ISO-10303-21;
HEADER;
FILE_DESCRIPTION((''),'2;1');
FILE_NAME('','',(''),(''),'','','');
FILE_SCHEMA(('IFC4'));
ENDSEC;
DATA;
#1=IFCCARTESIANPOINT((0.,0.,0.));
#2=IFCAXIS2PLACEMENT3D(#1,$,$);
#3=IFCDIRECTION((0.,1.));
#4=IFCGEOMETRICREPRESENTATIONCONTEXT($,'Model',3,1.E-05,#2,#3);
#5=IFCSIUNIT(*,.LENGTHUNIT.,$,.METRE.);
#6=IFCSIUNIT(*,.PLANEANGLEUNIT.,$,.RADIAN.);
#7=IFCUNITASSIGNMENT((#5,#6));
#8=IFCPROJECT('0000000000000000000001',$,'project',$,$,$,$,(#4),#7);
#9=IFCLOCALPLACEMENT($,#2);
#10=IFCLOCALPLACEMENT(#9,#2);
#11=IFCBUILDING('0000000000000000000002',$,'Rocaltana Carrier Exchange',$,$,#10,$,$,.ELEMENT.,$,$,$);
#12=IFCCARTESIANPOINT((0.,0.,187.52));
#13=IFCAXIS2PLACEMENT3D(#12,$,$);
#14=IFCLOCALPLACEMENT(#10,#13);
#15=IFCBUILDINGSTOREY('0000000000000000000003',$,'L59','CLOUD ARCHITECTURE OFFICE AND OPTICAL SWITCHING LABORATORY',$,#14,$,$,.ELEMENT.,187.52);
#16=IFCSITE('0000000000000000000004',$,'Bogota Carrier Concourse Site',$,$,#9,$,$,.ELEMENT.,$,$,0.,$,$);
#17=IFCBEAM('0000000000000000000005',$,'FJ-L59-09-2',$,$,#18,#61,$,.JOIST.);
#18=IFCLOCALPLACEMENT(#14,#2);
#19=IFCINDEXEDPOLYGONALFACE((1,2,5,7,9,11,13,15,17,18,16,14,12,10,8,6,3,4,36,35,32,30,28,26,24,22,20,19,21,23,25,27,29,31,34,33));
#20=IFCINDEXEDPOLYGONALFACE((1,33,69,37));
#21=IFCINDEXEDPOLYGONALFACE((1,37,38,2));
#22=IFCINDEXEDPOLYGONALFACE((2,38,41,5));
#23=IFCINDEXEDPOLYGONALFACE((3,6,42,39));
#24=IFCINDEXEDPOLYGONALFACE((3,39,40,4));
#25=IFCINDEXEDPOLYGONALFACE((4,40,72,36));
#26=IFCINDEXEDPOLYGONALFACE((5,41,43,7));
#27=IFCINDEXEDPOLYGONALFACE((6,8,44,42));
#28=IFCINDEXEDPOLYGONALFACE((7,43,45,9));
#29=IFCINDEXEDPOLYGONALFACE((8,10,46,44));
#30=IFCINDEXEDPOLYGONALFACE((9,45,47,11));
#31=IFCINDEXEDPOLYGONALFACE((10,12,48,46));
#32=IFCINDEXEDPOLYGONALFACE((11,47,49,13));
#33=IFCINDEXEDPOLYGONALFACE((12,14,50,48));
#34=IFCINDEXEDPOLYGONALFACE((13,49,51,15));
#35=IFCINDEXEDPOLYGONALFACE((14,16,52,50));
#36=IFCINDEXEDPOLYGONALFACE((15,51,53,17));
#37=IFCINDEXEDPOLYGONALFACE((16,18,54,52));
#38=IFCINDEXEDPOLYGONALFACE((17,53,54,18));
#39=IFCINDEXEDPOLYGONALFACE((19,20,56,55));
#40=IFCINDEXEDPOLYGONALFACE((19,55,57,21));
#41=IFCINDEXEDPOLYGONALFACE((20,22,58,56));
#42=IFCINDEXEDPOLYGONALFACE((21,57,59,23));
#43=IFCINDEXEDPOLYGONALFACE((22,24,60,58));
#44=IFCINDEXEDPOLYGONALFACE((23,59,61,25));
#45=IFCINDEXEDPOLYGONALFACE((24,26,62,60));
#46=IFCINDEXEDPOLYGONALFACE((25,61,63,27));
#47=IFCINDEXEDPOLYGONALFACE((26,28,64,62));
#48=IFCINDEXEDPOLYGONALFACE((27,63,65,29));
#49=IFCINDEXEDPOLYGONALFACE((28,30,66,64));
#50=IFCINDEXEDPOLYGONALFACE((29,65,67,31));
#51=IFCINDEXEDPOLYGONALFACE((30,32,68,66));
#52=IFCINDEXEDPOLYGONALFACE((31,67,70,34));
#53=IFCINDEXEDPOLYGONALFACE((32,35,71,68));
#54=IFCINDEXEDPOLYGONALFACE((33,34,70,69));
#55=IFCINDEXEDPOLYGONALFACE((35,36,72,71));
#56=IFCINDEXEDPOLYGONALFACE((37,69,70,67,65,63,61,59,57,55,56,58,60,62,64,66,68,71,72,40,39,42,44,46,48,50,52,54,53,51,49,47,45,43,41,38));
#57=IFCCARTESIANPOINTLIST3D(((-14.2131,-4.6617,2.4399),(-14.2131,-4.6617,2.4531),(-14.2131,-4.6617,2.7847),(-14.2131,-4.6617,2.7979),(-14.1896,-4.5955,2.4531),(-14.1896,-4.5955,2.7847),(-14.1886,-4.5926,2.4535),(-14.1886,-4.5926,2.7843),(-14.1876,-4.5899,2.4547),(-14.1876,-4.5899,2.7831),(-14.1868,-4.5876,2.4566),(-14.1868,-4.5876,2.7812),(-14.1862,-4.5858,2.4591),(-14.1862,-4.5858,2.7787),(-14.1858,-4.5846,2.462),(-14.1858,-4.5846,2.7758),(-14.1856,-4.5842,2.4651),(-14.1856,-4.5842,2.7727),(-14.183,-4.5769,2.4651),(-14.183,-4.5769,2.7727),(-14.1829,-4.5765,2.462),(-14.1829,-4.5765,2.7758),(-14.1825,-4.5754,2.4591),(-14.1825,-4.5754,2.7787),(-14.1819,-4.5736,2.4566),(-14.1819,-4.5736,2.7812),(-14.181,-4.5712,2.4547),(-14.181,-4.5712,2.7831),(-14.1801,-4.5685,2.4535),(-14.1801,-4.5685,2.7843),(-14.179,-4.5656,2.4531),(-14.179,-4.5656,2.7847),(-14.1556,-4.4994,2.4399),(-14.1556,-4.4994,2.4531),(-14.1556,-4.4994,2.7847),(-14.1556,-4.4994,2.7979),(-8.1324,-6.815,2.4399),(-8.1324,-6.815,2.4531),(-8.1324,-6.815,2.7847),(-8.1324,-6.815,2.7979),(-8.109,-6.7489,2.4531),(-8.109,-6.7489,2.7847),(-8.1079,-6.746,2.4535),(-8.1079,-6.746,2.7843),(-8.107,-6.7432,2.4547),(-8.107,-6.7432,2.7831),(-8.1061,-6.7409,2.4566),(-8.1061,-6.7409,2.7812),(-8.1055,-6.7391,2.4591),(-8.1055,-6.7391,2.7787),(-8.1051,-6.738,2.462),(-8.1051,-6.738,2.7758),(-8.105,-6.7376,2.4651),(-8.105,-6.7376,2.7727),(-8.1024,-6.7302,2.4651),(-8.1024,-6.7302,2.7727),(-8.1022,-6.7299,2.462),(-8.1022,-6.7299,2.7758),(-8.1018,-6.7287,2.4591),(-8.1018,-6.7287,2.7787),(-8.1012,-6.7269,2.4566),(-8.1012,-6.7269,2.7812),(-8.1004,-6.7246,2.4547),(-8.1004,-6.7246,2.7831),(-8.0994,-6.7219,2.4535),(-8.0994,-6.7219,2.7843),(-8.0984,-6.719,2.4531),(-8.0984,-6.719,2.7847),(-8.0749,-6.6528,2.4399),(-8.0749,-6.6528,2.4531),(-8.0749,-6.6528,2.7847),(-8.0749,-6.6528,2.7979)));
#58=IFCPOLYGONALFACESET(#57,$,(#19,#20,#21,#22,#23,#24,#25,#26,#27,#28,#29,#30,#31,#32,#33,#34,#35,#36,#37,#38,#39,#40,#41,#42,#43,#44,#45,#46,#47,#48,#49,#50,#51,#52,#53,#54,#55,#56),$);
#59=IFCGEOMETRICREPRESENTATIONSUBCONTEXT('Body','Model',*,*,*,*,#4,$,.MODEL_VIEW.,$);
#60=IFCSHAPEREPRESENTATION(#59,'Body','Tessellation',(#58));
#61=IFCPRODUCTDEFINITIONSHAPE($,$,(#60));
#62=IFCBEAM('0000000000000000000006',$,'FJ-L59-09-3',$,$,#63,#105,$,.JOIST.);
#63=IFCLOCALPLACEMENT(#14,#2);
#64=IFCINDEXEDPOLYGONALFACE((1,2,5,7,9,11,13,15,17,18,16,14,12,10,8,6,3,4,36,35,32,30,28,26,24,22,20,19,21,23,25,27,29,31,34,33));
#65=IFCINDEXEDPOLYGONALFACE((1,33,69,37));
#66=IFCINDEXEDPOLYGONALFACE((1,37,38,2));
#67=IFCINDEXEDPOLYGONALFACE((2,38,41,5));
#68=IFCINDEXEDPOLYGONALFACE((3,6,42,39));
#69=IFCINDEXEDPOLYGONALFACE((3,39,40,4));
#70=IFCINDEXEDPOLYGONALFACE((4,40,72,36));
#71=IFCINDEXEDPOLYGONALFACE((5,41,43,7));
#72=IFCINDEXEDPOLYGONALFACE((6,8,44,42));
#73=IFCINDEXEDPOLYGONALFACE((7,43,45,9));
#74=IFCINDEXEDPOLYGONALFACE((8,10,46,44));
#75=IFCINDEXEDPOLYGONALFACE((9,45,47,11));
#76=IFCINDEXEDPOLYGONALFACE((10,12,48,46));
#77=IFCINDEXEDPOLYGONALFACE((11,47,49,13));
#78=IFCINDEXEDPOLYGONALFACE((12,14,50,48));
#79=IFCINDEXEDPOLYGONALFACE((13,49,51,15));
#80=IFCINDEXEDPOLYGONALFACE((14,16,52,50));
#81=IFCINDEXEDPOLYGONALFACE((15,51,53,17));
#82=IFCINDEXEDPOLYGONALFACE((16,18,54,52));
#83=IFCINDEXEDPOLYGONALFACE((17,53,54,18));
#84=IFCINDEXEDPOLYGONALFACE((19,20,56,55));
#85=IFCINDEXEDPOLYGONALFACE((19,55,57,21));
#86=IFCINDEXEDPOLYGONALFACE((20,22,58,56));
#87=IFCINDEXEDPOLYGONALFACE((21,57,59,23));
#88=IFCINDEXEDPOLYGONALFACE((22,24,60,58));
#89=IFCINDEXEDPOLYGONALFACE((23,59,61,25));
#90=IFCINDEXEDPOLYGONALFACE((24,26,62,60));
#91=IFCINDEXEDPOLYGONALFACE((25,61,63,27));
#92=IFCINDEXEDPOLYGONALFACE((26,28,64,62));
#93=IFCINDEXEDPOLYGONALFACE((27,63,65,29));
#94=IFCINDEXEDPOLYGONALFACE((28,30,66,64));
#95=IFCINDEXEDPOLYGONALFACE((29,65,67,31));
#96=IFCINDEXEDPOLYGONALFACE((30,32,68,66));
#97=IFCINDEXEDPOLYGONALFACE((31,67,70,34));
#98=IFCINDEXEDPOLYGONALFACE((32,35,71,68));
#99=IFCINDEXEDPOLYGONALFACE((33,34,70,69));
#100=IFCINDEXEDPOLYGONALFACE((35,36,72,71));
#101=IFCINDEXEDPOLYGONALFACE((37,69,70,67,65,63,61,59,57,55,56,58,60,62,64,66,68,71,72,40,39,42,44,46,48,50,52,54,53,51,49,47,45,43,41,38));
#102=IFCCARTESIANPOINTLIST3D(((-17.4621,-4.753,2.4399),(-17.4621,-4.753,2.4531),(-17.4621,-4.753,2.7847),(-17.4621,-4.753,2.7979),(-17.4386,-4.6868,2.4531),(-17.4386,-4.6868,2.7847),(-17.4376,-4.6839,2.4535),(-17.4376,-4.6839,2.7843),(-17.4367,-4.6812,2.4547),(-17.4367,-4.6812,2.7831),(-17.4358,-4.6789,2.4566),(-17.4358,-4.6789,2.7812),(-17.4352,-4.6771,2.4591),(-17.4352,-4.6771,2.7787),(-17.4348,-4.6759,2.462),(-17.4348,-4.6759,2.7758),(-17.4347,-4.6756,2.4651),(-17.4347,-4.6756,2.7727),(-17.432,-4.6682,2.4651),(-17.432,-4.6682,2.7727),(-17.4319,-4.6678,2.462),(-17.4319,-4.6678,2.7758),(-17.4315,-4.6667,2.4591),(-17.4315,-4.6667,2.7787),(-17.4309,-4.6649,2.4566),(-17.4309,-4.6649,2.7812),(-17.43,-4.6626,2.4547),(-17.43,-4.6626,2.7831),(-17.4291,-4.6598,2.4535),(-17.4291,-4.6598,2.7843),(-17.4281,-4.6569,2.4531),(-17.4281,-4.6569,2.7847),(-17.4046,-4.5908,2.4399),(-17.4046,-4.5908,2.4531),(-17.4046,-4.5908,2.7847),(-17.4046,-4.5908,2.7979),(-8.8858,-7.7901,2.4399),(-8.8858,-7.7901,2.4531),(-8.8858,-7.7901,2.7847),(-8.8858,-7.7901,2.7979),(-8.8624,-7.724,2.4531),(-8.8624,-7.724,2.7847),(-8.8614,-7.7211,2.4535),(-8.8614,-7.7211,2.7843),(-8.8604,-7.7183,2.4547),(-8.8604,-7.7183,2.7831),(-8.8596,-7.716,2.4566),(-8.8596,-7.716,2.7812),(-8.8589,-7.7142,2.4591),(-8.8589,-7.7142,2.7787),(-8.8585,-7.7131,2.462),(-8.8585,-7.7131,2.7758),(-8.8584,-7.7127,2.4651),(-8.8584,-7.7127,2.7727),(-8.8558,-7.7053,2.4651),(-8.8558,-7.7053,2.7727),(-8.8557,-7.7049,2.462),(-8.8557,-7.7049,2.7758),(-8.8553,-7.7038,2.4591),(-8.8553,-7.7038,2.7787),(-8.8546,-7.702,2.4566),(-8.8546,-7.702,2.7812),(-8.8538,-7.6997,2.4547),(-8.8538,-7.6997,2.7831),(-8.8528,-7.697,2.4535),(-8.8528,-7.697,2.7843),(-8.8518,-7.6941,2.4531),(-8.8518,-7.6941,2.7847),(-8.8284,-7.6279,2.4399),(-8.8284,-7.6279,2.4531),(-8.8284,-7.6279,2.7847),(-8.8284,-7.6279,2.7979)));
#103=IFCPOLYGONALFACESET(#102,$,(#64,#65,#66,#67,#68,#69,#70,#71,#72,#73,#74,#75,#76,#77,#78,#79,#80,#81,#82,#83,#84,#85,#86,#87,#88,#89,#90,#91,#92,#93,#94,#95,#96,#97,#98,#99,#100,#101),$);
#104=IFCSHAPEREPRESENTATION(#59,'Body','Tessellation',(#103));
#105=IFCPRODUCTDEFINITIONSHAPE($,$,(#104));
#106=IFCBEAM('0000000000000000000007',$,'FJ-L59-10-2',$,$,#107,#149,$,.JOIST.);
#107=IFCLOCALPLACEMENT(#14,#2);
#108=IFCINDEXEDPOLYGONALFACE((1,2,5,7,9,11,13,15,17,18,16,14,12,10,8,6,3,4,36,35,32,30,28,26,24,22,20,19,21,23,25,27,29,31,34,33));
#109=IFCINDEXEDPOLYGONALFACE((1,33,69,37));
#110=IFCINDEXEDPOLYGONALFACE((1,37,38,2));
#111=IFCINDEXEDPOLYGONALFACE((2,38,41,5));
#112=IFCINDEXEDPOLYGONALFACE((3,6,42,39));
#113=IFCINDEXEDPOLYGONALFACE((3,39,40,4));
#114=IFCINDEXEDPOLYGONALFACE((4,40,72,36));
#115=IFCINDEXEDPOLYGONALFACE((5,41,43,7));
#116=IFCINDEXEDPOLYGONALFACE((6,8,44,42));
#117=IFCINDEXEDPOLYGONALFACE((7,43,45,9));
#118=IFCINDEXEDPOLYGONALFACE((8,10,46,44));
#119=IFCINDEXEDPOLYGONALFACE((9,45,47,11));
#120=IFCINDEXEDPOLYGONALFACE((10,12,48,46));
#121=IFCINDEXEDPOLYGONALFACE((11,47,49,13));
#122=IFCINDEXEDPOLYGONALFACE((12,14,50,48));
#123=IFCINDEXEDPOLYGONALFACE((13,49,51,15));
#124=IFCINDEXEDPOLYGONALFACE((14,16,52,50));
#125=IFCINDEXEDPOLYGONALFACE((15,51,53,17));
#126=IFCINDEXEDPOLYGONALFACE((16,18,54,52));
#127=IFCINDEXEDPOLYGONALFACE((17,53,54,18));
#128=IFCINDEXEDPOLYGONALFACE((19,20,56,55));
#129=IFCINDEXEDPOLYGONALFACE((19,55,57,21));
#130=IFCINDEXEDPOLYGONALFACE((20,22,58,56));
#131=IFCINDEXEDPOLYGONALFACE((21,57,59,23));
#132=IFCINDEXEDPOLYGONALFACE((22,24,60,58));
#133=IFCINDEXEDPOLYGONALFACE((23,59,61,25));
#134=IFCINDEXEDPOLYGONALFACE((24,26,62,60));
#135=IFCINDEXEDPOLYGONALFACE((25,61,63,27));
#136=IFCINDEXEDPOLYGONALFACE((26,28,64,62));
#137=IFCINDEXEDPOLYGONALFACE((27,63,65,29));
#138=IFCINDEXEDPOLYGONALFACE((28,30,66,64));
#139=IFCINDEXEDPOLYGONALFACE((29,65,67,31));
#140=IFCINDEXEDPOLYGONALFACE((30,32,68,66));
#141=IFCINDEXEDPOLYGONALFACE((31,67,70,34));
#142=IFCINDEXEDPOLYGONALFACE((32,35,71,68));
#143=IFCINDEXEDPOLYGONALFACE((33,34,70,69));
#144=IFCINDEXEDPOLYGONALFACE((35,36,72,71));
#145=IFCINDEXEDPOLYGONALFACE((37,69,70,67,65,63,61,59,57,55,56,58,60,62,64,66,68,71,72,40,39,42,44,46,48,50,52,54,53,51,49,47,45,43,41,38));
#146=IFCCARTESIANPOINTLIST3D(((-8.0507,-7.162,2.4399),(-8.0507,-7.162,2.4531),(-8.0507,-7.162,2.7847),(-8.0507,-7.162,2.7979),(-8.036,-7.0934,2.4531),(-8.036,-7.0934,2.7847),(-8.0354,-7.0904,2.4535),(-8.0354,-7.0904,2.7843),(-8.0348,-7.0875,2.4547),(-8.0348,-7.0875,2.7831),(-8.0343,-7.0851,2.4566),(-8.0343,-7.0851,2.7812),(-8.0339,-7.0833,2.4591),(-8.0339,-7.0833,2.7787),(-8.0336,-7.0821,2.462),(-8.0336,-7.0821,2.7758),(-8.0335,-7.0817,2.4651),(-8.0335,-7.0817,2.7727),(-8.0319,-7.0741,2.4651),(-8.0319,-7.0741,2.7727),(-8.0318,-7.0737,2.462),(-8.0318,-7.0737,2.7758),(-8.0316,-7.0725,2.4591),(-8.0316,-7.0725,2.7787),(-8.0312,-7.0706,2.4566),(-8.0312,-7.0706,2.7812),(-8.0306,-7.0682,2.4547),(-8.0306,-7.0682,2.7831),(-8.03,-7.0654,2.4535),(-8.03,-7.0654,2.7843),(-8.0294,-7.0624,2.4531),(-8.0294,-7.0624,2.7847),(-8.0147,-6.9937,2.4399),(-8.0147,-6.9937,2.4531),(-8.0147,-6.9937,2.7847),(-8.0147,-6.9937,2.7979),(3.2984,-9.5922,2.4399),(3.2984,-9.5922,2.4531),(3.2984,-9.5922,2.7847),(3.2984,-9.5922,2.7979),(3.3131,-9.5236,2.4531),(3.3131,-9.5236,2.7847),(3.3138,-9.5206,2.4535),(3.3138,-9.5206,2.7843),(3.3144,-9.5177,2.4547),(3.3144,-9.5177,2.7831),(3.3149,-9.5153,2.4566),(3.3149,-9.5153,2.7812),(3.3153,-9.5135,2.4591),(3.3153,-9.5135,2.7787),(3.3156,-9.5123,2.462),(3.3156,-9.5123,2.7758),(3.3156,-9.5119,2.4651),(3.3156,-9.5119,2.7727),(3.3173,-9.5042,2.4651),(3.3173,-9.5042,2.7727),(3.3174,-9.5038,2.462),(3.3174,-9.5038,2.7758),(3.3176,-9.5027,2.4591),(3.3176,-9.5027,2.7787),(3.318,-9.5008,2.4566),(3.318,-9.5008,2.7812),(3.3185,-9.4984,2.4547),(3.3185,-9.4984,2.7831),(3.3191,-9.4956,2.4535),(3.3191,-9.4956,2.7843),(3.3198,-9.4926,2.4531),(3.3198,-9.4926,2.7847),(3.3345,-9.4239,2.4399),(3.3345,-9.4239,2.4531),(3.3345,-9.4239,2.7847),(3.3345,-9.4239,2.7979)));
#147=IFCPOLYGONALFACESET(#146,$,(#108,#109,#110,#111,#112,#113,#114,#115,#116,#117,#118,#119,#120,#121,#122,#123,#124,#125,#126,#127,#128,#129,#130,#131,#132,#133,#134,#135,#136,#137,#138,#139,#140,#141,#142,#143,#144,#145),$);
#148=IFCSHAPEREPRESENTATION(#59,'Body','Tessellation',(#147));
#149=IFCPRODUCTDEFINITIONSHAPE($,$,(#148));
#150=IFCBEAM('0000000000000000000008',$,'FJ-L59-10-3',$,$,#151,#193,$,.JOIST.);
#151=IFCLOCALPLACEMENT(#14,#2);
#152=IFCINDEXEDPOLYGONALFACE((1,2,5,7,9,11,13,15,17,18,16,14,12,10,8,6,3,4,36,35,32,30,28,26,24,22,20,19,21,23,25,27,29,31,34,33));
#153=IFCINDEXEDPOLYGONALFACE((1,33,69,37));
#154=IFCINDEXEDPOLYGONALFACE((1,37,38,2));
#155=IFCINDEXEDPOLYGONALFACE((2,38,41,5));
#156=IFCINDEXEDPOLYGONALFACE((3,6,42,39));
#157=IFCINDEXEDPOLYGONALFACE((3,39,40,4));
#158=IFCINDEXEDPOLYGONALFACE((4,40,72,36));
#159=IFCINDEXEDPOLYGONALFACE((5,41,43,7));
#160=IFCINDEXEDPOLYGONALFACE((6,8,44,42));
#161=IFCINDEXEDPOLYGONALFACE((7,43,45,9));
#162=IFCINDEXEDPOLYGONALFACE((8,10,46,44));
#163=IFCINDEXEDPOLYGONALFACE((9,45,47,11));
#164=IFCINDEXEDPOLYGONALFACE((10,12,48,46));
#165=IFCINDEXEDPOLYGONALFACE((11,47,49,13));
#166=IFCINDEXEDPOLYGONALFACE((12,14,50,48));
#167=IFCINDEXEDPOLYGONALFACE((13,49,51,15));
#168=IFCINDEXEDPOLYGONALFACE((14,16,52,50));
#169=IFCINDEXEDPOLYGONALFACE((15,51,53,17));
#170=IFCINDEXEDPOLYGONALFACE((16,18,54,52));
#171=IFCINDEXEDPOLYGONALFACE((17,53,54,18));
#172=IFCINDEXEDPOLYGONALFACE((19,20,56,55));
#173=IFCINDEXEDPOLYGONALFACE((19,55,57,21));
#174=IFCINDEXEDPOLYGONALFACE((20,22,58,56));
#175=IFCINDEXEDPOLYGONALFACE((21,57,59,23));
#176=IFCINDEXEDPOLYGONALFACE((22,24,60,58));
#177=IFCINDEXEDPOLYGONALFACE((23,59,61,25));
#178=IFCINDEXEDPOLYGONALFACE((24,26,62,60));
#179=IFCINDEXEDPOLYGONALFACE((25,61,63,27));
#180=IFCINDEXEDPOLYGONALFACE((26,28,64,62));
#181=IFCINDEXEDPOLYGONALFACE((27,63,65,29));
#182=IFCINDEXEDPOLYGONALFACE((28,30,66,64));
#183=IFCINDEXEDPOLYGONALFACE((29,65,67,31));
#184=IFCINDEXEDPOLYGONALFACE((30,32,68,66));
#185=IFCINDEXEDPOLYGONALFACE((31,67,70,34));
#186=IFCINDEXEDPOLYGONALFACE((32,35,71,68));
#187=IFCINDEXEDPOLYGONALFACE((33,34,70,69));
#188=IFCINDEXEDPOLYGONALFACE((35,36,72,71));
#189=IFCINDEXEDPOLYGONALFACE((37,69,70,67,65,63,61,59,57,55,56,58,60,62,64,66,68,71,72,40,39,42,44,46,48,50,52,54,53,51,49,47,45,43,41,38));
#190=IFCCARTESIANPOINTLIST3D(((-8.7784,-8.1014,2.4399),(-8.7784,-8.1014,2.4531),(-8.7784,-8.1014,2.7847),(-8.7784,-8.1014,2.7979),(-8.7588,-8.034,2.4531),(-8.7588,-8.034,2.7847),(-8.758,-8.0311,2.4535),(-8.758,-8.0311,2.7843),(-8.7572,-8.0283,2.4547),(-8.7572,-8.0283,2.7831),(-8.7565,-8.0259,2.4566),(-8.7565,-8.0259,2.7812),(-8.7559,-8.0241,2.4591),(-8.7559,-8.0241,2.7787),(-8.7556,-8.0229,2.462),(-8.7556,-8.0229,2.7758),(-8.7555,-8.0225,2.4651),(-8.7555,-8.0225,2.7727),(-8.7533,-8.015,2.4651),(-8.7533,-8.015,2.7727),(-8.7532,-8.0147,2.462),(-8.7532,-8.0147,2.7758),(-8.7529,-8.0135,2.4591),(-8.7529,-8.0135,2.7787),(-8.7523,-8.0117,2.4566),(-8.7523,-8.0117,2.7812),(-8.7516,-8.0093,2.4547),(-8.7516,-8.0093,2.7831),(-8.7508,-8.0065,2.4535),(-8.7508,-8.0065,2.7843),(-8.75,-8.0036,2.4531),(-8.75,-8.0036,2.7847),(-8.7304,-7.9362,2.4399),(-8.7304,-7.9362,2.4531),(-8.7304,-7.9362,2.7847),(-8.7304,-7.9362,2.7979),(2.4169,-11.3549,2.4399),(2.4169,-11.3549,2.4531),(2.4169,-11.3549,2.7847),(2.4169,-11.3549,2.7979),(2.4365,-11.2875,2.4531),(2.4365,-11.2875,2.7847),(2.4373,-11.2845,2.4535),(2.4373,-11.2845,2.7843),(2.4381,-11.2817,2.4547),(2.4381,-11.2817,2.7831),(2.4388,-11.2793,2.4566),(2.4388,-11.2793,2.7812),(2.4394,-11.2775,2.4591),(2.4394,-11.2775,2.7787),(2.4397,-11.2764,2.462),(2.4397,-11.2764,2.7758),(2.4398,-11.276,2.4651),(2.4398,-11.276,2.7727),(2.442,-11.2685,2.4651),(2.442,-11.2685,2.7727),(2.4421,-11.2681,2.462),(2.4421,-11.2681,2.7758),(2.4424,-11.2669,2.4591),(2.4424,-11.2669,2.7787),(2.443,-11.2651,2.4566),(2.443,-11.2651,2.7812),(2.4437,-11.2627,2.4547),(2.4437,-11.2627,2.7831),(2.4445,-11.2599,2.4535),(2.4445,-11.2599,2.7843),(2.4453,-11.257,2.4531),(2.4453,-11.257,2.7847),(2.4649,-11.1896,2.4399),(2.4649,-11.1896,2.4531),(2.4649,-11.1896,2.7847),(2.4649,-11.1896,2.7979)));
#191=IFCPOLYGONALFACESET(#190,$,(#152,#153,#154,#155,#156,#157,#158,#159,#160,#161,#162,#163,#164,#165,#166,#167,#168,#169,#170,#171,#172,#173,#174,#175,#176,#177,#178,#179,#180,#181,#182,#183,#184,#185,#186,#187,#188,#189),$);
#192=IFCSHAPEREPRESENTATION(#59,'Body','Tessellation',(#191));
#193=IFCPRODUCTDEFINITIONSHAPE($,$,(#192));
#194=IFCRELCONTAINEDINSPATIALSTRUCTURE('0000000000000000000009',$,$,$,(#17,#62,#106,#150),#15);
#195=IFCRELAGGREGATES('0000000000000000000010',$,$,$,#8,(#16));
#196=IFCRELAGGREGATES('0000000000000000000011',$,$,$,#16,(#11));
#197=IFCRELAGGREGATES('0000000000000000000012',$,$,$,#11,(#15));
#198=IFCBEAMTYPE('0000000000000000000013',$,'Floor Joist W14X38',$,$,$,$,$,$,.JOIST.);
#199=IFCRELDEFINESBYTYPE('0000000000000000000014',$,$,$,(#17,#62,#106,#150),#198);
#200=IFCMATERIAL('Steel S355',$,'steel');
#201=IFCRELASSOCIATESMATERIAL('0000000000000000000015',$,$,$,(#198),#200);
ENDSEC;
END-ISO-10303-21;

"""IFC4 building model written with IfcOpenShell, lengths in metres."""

from ifc_helpers import new_model, si_unit, direction, frame, origin, origin_2d, place, context, subcontext, project, spatial, i_section, extrude, material, material_profile, profile_set, type_object, element, save


model = new_model("IFC4")

# Units and contexts
model_context = context("Model", 3, precision=1e-05, world=origin(), true_north=direction((0.0, 1.0)))
body_context = subcontext(model_context, "Body", "Model", "MODEL_VIEW")
ifc_project = project(units=[si_unit("LENGTHUNIT", "METRE"), si_unit("PLANEANGLEUNIT", "RADIAN")], contexts=[model_context])

# Site, building, storey
site_placement = place(None, origin())
site = spatial("IfcSite", under=ifc_project, at=site_placement, Name="Bogota Carrier Concourse Site", CompositionType="ELEMENT", RefElevation=0.0)
building_placement = place(site_placement, origin())
building = spatial("IfcBuilding", under=site, at=building_placement, Name="Rocaltana Carrier Exchange", CompositionType="ELEMENT")
storey_placement = place(building_placement, frame((0.0, 0.0, 187.52)))
storey = spatial("IfcBuildingStorey", under=building, at=storey_placement, Name="L59", Description="CLOUD ARCHITECTURE OFFICE AND OPTICAL SWITCHING LABORATORY", CompositionType="ELEMENT", Elevation=187.52)

# Beams
ifc_material_1 = material(Name="Steel S355", Category="steel")
ifc_material_profile_1 = material_profile(ifc_material_1, i_section(OverallWidth=0.1721, OverallDepth=0.3579, WebThickness=0.0078, FlangeThickness=0.0132, FilletRadius=0.012, at=origin_2d()), Name="W14X38")
ifc_profile_set_1 = profile_set([ifc_material_profile_1], Name="Steel S355")
beam_type_1 = type_object("IfcBeamType", Name="Floor Joist W14X38", PredefinedType="JOIST", material=ifc_profile_set_1)
beam_1_placement = place(storey_placement, frame((-14.1843, -4.5806, 2.6189), z_axis=(0.942638, -0.333818, 0.0), x_axis=(0.333818, 0.942638, 0.0)))
element("IfcBeam", 1, at=beam_1_placement, inside=storey, type_object=beam_type_1, Name="FJ-L59-09-2", PredefinedType="JOIST", context=body_context, shape_type="SweptSolid", body=[
    extrude(i_section(OverallWidth=0.1721, OverallDepth=0.3579, WebThickness=0.0078, FlangeThickness=0.0132, FilletRadius=0.012, at=origin_2d()), origin(), (0.0, 0.0, 1.0), 6.4507),
])
beam_2_placement = place(storey_placement, frame((-17.4333, -4.6719, 2.6189), z_axis=(0.942637, -0.333819, 0.0), x_axis=(0.333819, 0.942637, 0.0)))
element("IfcBeam", 2, at=beam_2_placement, inside=storey, type_object=beam_type_1, Name="FJ-L59-09-3", PredefinedType="JOIST", context=body_context, shape_type="SweptSolid", body=[
    extrude(i_section(OverallWidth=0.1721, OverallDepth=0.3579, WebThickness=0.0078, FlangeThickness=0.0132, FilletRadius=0.012, at=origin_2d()), origin(), (0.0, 0.0, 1.0), 9.0981),
])
beam_3_placement = place(storey_placement, frame((-8.0327, -7.0779, 2.6189), z_axis=(0.977834, -0.209383, 0.0), x_axis=(0.209383, 0.977834, 0.0)))
element("IfcBeam", 3, at=beam_3_placement, inside=storey, type_object=beam_type_1, Name="FJ-L59-10-2", PredefinedType="JOIST", context=body_context, shape_type="SweptSolid", body=[
    extrude(i_section(OverallWidth=0.1721, OverallDepth=0.3579, WebThickness=0.0078, FlangeThickness=0.0132, FilletRadius=0.012, at=origin_2d()), origin(), (0.0, 0.0, 1.0), 11.6064),
])
beam_4_placement = place(storey_placement, frame((-8.7544, -8.0188, 2.6189), z_axis=(0.960273, -0.279061, 0.0), x_axis=(0.279061, 0.960273, 0.0)))
element("IfcBeam", 4, at=beam_4_placement, inside=storey, type_object=beam_type_1, Name="FJ-L59-10-3", PredefinedType="JOIST", context=body_context, shape_type="SweptSolid", body=[
    extrude(i_section(OverallWidth=0.1721, OverallDepth=0.3579, WebThickness=0.0078, FlangeThickness=0.0132, FilletRadius=0.012, at=origin_2d()), origin(), (0.0, 0.0, 1.0), 11.6584),
])

save(model, "model.ifc")
